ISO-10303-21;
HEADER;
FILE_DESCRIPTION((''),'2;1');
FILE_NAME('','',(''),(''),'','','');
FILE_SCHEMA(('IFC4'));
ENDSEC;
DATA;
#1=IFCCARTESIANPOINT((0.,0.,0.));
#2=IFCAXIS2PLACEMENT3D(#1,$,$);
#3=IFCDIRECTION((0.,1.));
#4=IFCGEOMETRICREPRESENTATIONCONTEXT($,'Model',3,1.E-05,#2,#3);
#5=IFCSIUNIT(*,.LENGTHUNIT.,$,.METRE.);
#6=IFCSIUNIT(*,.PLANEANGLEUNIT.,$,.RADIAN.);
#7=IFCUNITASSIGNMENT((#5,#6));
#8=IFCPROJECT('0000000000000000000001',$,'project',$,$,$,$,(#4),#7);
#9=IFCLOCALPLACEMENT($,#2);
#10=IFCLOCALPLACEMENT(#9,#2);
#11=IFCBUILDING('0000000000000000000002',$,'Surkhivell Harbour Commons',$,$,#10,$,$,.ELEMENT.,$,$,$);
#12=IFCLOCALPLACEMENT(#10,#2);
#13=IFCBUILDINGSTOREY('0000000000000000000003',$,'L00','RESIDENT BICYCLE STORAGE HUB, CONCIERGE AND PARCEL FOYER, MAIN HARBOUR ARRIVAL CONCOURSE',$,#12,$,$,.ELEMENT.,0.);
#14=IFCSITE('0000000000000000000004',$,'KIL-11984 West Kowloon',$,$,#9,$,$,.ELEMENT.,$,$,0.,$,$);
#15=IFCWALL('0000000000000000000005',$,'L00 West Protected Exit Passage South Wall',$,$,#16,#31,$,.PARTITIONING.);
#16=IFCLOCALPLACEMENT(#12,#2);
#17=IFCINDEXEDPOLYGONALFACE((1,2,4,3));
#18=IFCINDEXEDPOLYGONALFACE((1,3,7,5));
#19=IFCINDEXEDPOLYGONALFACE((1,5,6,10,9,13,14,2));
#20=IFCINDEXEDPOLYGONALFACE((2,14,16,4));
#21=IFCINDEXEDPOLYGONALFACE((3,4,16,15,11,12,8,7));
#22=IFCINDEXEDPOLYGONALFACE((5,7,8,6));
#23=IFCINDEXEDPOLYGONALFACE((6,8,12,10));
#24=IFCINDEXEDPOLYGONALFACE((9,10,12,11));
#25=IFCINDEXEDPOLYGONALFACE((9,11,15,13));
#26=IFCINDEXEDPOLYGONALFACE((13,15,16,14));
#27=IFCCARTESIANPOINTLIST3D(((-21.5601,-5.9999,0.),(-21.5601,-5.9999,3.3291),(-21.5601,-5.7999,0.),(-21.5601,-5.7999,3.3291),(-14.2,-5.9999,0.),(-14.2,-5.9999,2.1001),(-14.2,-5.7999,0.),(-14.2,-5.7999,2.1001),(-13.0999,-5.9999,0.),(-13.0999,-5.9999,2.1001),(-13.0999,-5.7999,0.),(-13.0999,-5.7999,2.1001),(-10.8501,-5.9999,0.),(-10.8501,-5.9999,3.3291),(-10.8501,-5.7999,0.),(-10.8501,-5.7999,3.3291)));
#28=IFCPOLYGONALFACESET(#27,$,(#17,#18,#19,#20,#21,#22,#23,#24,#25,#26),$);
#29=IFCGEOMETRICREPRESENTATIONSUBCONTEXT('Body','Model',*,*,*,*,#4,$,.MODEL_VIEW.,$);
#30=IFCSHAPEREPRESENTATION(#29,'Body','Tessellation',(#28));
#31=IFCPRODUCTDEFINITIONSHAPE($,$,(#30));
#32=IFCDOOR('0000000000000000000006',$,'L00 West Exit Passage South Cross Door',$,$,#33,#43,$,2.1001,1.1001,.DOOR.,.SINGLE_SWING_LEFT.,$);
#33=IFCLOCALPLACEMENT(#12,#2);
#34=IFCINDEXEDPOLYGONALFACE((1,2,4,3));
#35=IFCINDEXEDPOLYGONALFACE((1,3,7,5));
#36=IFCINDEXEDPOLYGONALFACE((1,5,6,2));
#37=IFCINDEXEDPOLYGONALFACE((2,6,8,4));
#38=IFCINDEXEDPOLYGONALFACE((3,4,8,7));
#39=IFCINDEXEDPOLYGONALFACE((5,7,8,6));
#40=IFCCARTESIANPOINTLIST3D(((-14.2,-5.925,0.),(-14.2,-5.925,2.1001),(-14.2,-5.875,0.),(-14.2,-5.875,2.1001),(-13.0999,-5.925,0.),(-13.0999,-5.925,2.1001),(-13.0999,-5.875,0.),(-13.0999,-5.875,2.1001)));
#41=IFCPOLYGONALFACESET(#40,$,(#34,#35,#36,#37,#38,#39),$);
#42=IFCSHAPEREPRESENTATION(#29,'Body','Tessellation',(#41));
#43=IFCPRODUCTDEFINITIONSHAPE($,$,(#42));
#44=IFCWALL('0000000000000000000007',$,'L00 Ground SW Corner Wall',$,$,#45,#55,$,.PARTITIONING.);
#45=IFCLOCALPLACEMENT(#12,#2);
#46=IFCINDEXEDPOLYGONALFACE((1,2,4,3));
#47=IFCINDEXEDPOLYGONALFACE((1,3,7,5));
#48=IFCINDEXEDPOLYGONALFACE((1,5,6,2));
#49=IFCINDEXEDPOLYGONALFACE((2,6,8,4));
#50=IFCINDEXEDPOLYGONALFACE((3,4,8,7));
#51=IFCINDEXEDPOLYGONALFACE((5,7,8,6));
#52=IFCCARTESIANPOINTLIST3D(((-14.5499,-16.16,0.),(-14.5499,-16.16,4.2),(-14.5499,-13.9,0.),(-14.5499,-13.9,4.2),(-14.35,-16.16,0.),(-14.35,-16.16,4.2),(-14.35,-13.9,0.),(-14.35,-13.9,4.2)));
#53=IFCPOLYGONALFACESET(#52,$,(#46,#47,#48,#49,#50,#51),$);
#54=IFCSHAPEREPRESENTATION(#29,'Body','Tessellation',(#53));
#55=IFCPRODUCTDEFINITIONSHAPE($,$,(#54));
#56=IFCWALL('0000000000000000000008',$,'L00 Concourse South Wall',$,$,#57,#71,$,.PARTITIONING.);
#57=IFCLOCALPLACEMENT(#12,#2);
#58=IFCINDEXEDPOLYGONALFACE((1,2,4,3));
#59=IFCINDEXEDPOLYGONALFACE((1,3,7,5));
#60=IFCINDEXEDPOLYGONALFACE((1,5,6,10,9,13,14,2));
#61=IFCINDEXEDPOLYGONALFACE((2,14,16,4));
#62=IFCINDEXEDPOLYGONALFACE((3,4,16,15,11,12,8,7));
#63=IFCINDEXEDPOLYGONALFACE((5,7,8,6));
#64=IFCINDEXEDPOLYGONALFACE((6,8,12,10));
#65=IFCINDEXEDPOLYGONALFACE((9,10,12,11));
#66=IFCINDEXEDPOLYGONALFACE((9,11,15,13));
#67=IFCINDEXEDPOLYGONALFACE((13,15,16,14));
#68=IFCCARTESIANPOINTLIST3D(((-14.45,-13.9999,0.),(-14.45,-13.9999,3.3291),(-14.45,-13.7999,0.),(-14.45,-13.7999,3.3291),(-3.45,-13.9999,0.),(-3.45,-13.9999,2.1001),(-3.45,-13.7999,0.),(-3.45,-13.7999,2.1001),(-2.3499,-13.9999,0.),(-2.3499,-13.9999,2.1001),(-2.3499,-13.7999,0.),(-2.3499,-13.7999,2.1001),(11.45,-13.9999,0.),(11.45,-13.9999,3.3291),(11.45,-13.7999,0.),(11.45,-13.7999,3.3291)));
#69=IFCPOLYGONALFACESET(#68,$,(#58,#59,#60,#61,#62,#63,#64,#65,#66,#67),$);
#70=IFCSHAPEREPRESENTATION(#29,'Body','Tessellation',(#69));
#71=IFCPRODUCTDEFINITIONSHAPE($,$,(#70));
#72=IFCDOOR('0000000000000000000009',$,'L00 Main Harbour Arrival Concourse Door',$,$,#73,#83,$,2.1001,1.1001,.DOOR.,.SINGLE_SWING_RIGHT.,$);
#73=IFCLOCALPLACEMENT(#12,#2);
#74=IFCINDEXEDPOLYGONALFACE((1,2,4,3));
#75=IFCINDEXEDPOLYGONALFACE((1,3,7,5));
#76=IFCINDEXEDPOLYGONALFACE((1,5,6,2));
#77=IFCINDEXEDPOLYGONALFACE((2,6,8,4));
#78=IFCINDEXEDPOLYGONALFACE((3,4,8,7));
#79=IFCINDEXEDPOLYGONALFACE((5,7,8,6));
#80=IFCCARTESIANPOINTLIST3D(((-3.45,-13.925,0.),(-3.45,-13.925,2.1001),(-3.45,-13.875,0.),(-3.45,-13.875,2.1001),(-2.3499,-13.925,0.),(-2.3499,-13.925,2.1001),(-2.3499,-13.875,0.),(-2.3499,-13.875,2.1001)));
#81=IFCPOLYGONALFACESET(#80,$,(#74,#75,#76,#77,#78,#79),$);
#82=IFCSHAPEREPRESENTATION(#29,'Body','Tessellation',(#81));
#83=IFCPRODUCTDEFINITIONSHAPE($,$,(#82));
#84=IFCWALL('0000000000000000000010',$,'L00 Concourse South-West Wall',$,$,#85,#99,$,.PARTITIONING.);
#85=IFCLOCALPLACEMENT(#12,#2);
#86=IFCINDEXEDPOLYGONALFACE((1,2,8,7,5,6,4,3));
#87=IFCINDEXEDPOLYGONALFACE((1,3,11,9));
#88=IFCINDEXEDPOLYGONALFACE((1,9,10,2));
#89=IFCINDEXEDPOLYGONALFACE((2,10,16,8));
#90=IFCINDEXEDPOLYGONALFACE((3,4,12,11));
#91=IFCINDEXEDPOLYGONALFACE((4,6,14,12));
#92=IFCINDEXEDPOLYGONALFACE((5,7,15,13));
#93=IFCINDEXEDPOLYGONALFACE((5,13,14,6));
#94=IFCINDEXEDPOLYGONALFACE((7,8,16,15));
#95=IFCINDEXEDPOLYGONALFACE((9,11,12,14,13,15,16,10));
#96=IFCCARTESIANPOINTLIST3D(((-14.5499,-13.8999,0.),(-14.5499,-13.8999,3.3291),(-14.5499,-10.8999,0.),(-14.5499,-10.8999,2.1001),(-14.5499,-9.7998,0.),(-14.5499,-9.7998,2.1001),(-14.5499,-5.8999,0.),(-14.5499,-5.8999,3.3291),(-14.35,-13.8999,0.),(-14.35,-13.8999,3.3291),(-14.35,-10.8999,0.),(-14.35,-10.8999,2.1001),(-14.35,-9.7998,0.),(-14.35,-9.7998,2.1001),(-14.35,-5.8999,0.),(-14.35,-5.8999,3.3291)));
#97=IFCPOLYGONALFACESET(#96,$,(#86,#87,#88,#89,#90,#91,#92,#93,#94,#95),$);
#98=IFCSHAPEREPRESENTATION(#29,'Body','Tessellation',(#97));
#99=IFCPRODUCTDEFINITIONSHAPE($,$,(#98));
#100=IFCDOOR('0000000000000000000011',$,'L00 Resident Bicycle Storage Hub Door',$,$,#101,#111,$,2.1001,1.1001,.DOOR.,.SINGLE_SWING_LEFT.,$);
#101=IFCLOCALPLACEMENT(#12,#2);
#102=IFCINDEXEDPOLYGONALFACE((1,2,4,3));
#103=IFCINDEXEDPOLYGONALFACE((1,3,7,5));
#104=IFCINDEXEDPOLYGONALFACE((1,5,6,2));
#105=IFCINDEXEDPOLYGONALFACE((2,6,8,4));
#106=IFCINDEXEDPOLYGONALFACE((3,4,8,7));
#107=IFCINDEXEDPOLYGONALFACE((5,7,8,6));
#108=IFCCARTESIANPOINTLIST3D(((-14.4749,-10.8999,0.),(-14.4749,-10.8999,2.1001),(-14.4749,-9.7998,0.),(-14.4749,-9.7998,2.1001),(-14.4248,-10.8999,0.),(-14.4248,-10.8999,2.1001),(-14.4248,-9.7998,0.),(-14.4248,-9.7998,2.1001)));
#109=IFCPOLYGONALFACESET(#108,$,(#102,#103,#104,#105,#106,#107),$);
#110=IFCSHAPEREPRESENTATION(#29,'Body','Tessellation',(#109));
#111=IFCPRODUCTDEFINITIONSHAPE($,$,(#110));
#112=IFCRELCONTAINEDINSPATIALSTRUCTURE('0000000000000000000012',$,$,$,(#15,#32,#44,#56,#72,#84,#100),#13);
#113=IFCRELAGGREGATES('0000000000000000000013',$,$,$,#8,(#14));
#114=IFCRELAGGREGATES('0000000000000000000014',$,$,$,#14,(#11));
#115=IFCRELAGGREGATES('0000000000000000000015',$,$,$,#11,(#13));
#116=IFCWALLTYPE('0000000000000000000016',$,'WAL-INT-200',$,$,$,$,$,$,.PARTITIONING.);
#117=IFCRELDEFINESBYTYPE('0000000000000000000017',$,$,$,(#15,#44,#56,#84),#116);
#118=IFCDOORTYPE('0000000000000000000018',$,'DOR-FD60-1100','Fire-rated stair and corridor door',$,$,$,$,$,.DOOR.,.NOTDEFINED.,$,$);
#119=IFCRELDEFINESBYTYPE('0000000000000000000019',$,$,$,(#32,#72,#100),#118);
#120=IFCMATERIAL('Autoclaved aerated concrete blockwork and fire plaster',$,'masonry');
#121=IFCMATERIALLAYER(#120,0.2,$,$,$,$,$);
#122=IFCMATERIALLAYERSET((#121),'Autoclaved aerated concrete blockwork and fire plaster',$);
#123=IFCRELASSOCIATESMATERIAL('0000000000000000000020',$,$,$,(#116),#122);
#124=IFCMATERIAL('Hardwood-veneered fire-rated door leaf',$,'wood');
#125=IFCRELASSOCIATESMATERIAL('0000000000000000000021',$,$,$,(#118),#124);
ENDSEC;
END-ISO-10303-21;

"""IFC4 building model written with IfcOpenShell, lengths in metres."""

from ifc_helpers import new_model, si_unit, direction, frame, frame_2d, origin, place, context, subcontext, project, spatial, rectangle, extrude, material, layer, layer_set, type_object, element, fill, save


model = new_model("IFC4")

# Units and contexts
model_context = context("Model", 3, precision=1e-05, world=origin(), true_north=direction((0.0, 1.0)))
body_context = subcontext(model_context, "Body", "Model", "MODEL_VIEW")
ifc_project = project(units=[si_unit("LENGTHUNIT", "METRE"), si_unit("PLANEANGLEUNIT", "RADIAN")], contexts=[model_context])

# Site, building, storey
site_placement = place(None, origin())
site = spatial("IfcSite", under=ifc_project, at=site_placement, Name="KIL-11984 West Kowloon", CompositionType="ELEMENT", RefElevation=0.0)
building_placement = place(site_placement, origin())
building = spatial("IfcBuilding", under=site, at=building_placement, Name="Surkhivell Harbour Commons", CompositionType="ELEMENT")
storey_placement = place(building_placement, origin())
storey = spatial("IfcBuildingStorey", under=building, at=storey_placement, Name="L00", Description="RESIDENT BICYCLE STORAGE HUB, CONCIERGE AND PARCEL FOYER, MAIN HARBOUR ARRIVAL CONCOURSE", CompositionType="ELEMENT", Elevation=0.0)

# Wall, opening, door
ifc_material_1 = material(Name="Autoclaved aerated concrete blockwork and fire plaster", Category="masonry")
ifc_layer_1 = layer(ifc_material_1, 0.2)
ifc_layer_set_1 = layer_set([ifc_layer_1], Name="Autoclaved aerated concrete blockwork and fire plaster")
wall_type = type_object("IfcWallType", Name="WAL-INT-200", PredefinedType="PARTITIONING", material=ifc_layer_set_1)
wall_1_placement = place(storey_placement, frame((-21.5601, -5.8999, 0.0), z_axis=(0.0, 0.0, 1.0), x_axis=(1.0, 0.0, 0.0)))
wall_1 = element("IfcWall", 1, at=wall_1_placement, inside=storey, type_object=wall_type, Name="L00 West Protected Exit Passage South Wall", PredefinedType="PARTITIONING", context=body_context, shape_type="SweptSolid", body=[
    extrude(rectangle(XDim=10.71, YDim=0.2, at=frame_2d((5.355, 0.0))), origin(), (0.0, 0.0, 1.0), 3.3291),
])
opening_1_placement = place(wall_1_placement, frame((7.3601, 0.0, 0.0)))
opening_1 = element("IfcOpeningElement", 2, at=opening_1_placement, cuts=wall_1, PredefinedType="OPENING", context=body_context, shape_type="SweptSolid", body=[
    extrude(rectangle(XDim=1.1001, YDim=2.1001, at=frame_2d((0.55, 1.05))), frame((0.0, 0.1099, 0.0), z_axis=(0.0, -1.0, 0.0), x_axis=(1.0, 0.0, 0.0)), (0.0, 0.0, 1.0), 0.22),
])
ifc_material_2 = material(Name="Hardwood-veneered fire-rated door leaf", Category="wood")
door_type = type_object("IfcDoorType", Name="DOR-FD60-1100", Description="Fire-rated stair and corridor door", OperationType="NOTDEFINED", PredefinedType="DOOR", material=ifc_material_2)
door_1_placement = place(opening_1_placement, origin())
door_1 = element("IfcDoor", 3, at=door_1_placement, inside=storey, type_object=door_type, Name="L00 West Exit Passage South Cross Door", OperationType="SINGLE_SWING_LEFT", OverallHeight=2.1001, OverallWidth=1.1001, PredefinedType="DOOR", context=body_context, shape_type="SweptSolid", body=[
    extrude(rectangle(XDim=1.1001, YDim=2.1001, at=frame_2d((0.55, 1.05))), frame((0.0, 0.0249, 0.0), z_axis=(0.0, -1.0, 0.0), x_axis=(1.0, 0.0, 0.0)), (0.0, 0.0, 1.0), 0.05),
])
fill(opening_1, door_1)

# Wall
wall_2_placement = place(storey_placement, frame((-14.45, -16.1599, 0.0), z_axis=(0.0, 0.0, 1.0), x_axis=(0.0, 1.0, 0.0)))
element("IfcWall", 4, at=wall_2_placement, inside=storey, type_object=wall_type, Name="L00 Ground SW Corner Wall", PredefinedType="PARTITIONING", context=body_context, shape_type="SweptSolid", body=[
    extrude(rectangle(XDim=2.26, YDim=0.2, at=frame_2d((1.1299, 0.0))), origin(), (0.0, 0.0, 1.0), 4.2),
])

# Walls, openings, doors
wall_3_placement = place(storey_placement, frame((-14.45, -13.8999, 0.0), z_axis=(0.0, 0.0, 1.0), x_axis=(1.0, 0.0, 0.0)))
wall_3 = element("IfcWall", 5, at=wall_3_placement, inside=storey, type_object=wall_type, Name="L00 Concourse South Wall", PredefinedType="PARTITIONING", context=body_context, shape_type="SweptSolid", body=[
    extrude(rectangle(XDim=25.8999, YDim=0.2, at=frame_2d((12.95, 0.0))), origin(), (0.0, 0.0, 1.0), 3.3291),
])
opening_2_placement = place(wall_3_placement, frame((11.0, 0.0, 0.0)))
opening_2 = element("IfcOpeningElement", 6, at=opening_2_placement, cuts=wall_3, PredefinedType="OPENING", context=body_context, shape_type="SweptSolid", body=[
    extrude(rectangle(XDim=1.1001, YDim=2.1001, at=frame_2d((0.55, 1.05))), frame((0.0, 0.1099, 0.0), z_axis=(0.0, -1.0, 0.0), x_axis=(1.0, 0.0, 0.0)), (0.0, 0.0, 1.0), 0.22),
])
door_2_placement = place(opening_2_placement, origin())
door_2 = element("IfcDoor", 7, at=door_2_placement, inside=storey, type_object=door_type, Name="L00 Main Harbour Arrival Concourse Door", OperationType="SINGLE_SWING_RIGHT", OverallHeight=2.1001, OverallWidth=1.1001, PredefinedType="DOOR", context=body_context, shape_type="SweptSolid", body=[
    extrude(rectangle(XDim=1.1001, YDim=2.1001, at=frame_2d((0.55, 1.05))), frame((0.0, 0.0249, 0.0), z_axis=(0.0, -1.0, 0.0), x_axis=(1.0, 0.0, 0.0)), (0.0, 0.0, 1.0), 0.05),
])
fill(opening_2, door_2)
wall_4_placement = place(storey_placement, frame((-14.45, -13.8999, 0.0), z_axis=(0.0, 0.0, 1.0), x_axis=(0.0, 1.0, 0.0)))
wall_4 = element("IfcWall", 8, at=wall_4_placement, inside=storey, type_object=wall_type, Name="L00 Concourse South-West Wall", PredefinedType="PARTITIONING", context=body_context, shape_type="SweptSolid", body=[
    extrude(rectangle(XDim=8.0, YDim=0.2, at=frame_2d((4.0, 0.0))), origin(), (0.0, 0.0, 1.0), 3.3291),
])
opening_3_placement = place(wall_4_placement, frame((3.0, 0.0, 0.0)))
opening_3 = element("IfcOpeningElement", 9, at=opening_3_placement, cuts=wall_4, PredefinedType="OPENING", context=body_context, shape_type="SweptSolid", body=[
    extrude(rectangle(XDim=1.1001, YDim=2.1001, at=frame_2d((0.55, 1.05))), frame((0.0, 0.1099, 0.0), z_axis=(0.0, -1.0, 0.0), x_axis=(1.0, 0.0, 0.0)), (0.0, 0.0, 1.0), 0.22),
])
door_3_placement = place(opening_3_placement, origin())
door_3 = element("IfcDoor", 10, at=door_3_placement, inside=storey, type_object=door_type, Name="L00 Resident Bicycle Storage Hub Door", OperationType="SINGLE_SWING_LEFT", OverallHeight=2.1001, OverallWidth=1.1001, PredefinedType="DOOR", context=body_context, shape_type="SweptSolid", body=[
    extrude(rectangle(XDim=1.1001, YDim=2.1001, at=frame_2d((0.55, 1.05))), frame((0.0, 0.0249, 0.0), z_axis=(0.0, -1.0, 0.0), x_axis=(1.0, 0.0, 0.0)), (0.0, 0.0, 1.0), 0.05),
])
fill(opening_3, door_3)

save(model, "model.ifc")
